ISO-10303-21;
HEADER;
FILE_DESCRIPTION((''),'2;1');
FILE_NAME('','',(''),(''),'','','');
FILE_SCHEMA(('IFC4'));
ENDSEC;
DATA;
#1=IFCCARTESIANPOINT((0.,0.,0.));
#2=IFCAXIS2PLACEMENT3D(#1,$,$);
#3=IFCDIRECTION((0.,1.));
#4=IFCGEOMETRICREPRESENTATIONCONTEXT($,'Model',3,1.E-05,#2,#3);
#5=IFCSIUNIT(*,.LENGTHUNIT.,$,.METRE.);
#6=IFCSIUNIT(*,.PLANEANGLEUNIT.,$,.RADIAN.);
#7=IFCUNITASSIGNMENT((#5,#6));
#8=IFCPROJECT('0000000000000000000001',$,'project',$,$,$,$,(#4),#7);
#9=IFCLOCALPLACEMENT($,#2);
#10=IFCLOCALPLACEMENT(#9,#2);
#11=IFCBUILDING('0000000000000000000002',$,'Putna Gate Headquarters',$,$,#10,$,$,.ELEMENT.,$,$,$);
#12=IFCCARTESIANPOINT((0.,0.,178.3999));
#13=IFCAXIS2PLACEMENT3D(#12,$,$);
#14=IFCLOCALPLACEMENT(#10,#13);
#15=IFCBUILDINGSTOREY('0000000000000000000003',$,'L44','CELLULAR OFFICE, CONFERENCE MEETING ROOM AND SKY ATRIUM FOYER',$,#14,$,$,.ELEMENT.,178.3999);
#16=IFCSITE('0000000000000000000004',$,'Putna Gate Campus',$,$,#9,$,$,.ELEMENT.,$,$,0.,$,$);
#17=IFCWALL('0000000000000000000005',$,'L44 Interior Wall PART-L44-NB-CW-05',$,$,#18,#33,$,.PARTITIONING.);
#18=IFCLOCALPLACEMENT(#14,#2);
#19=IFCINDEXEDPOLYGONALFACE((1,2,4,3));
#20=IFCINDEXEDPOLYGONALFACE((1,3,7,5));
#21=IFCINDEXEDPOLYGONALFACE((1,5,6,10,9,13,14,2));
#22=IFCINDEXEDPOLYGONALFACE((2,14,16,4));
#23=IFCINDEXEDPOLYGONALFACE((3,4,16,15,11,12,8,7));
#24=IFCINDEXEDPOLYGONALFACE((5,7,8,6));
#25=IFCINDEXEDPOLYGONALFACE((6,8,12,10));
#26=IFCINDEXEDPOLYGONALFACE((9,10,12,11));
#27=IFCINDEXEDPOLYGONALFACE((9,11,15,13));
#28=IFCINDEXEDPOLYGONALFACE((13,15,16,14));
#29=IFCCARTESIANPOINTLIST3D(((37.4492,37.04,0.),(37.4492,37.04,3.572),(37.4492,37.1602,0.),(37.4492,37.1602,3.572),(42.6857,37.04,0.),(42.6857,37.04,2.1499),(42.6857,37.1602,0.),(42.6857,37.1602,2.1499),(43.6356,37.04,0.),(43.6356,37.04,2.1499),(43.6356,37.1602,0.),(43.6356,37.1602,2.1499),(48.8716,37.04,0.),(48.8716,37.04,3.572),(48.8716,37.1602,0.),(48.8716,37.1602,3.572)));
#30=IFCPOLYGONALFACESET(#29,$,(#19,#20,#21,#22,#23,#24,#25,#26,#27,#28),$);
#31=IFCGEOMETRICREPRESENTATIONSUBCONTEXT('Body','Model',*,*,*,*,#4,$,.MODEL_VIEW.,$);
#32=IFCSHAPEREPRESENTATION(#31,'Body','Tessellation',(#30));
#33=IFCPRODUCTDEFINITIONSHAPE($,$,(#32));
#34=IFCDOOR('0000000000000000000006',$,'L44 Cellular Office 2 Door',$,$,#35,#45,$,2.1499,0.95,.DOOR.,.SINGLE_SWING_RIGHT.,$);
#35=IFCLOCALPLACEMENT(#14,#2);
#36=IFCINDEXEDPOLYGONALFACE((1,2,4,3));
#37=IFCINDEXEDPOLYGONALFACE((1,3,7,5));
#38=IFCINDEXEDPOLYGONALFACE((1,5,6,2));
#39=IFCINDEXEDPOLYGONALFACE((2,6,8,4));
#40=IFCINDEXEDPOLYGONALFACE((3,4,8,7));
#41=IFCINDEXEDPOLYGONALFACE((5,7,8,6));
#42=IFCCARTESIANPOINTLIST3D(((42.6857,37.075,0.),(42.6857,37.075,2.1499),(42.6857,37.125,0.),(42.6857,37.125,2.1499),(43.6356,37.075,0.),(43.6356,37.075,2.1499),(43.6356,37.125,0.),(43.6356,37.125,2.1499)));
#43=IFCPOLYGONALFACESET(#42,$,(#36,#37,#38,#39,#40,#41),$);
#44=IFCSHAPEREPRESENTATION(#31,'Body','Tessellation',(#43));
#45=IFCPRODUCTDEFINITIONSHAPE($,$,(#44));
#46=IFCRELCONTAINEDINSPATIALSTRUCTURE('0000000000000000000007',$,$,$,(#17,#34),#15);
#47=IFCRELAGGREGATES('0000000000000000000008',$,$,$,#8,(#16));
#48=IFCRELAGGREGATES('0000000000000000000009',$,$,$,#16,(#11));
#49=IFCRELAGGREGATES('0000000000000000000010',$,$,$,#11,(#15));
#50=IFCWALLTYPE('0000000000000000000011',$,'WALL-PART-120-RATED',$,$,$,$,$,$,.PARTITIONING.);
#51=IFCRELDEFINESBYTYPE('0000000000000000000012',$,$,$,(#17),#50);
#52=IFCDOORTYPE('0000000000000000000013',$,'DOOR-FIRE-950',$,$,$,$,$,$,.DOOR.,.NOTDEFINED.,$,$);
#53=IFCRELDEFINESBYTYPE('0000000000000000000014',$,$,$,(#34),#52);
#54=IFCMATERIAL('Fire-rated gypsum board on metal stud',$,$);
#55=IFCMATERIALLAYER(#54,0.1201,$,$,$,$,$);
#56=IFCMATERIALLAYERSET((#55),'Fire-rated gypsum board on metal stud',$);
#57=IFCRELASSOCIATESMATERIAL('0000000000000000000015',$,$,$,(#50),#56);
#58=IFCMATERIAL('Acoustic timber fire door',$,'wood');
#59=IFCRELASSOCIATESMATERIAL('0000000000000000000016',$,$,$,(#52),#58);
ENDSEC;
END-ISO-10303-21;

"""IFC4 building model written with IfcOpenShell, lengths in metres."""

from ifc_helpers import new_model, si_unit, direction, frame, frame_2d, origin, place, context, subcontext, project, spatial, rectangle, extrude, material, layer, layer_set, type_object, element, fill, save


model = new_model("IFC4")

# Units and contexts
model_context = context("Model", 3, precision=1e-05, world=origin(), true_north=direction((0.0, 1.0)))
body_context = subcontext(model_context, "Body", "Model", "MODEL_VIEW")
ifc_project = project(units=[si_unit("LENGTHUNIT", "METRE"), si_unit("PLANEANGLEUNIT", "RADIAN")], contexts=[model_context])

# Site, building, storey
site_placement = place(None, origin())
site = spatial("IfcSite", under=ifc_project, at=site_placement, Name="Putna Gate Campus", CompositionType="ELEMENT", RefElevation=0.0)
building_placement = place(site_placement, origin())
building = spatial("IfcBuilding", under=site, at=building_placement, Name="Putna Gate Headquarters", CompositionType="ELEMENT")
storey_placement = place(building_placement, frame((0.0, 0.0, 178.3999)))
storey = spatial("IfcBuildingStorey", under=building, at=storey_placement, Name="L44", Description="CELLULAR OFFICE, CONFERENCE MEETING ROOM AND SKY ATRIUM FOYER", CompositionType="ELEMENT", Elevation=178.3999)

# Wall, opening, door
ifc_material_1 = material(Name="Fire-rated gypsum board on metal stud")
ifc_layer_1 = layer(ifc_material_1, 0.1201)
ifc_layer_set_1 = layer_set([ifc_layer_1], Name="Fire-rated gypsum board on metal stud")
wall_type_1 = type_object("IfcWallType", Name="WALL-PART-120-RATED", PredefinedType="PARTITIONING", material=ifc_layer_set_1)
wall_1_placement = place(storey_placement, frame((37.4492, 37.1001, 0.0), z_axis=(0.0, 0.0, 1.0), x_axis=(1.0, 0.0, 0.0)))
wall_1 = element("IfcWall", 1, at=wall_1_placement, inside=storey, type_object=wall_type_1, Name="L44 Interior Wall PART-L44-NB-CW-05", PredefinedType="PARTITIONING", context=body_context, shape_type="SweptSolid", body=[
    extrude(rectangle(XDim=11.4224, YDim=0.1201, at=frame_2d((5.7112, 0.0))), origin(), (0.0, 0.0, 1.0), 3.572),
])
opening_1_placement = place(wall_1_placement, frame((5.2363, 0.0, 0.0)))
opening_1 = element("IfcOpeningElement", 2, at=opening_1_placement, cuts=wall_1, PredefinedType="OPENING", context=body_context, shape_type="SweptSolid", body=[
    extrude(rectangle(XDim=0.95, YDim=2.1499, at=frame_2d((0.4751, 1.075))), frame((0.0, 0.0701, 0.0), z_axis=(0.0, -1.0, 0.0), x_axis=(1.0, 0.0, 0.0)), (0.0, 0.0, 1.0), 0.1401),
])
ifc_material_2 = material(Name="Acoustic timber fire door", Category="wood")
door_type_1 = type_object("IfcDoorType", Name="DOOR-FIRE-950", OperationType="NOTDEFINED", PredefinedType="DOOR", material=ifc_material_2)
door_1_placement = place(opening_1_placement, origin())
door_1 = element("IfcDoor", 3, at=door_1_placement, inside=storey, type_object=door_type_1, Name="L44 Cellular Office 2 Door", OperationType="SINGLE_SWING_RIGHT", OverallHeight=2.1499, OverallWidth=0.95, PredefinedType="DOOR", context=body_context, shape_type="SweptSolid", body=[
    extrude(rectangle(XDim=0.95, YDim=2.1499, at=frame_2d((0.4751, 1.075))), frame((0.0, 0.0249, 0.0), z_axis=(0.0, -1.0, 0.0), x_axis=(1.0, 0.0, 0.0)), (0.0, 0.0, 1.0), 0.05),
])
fill(opening_1, door_1)

save(model, "model.ifc")
